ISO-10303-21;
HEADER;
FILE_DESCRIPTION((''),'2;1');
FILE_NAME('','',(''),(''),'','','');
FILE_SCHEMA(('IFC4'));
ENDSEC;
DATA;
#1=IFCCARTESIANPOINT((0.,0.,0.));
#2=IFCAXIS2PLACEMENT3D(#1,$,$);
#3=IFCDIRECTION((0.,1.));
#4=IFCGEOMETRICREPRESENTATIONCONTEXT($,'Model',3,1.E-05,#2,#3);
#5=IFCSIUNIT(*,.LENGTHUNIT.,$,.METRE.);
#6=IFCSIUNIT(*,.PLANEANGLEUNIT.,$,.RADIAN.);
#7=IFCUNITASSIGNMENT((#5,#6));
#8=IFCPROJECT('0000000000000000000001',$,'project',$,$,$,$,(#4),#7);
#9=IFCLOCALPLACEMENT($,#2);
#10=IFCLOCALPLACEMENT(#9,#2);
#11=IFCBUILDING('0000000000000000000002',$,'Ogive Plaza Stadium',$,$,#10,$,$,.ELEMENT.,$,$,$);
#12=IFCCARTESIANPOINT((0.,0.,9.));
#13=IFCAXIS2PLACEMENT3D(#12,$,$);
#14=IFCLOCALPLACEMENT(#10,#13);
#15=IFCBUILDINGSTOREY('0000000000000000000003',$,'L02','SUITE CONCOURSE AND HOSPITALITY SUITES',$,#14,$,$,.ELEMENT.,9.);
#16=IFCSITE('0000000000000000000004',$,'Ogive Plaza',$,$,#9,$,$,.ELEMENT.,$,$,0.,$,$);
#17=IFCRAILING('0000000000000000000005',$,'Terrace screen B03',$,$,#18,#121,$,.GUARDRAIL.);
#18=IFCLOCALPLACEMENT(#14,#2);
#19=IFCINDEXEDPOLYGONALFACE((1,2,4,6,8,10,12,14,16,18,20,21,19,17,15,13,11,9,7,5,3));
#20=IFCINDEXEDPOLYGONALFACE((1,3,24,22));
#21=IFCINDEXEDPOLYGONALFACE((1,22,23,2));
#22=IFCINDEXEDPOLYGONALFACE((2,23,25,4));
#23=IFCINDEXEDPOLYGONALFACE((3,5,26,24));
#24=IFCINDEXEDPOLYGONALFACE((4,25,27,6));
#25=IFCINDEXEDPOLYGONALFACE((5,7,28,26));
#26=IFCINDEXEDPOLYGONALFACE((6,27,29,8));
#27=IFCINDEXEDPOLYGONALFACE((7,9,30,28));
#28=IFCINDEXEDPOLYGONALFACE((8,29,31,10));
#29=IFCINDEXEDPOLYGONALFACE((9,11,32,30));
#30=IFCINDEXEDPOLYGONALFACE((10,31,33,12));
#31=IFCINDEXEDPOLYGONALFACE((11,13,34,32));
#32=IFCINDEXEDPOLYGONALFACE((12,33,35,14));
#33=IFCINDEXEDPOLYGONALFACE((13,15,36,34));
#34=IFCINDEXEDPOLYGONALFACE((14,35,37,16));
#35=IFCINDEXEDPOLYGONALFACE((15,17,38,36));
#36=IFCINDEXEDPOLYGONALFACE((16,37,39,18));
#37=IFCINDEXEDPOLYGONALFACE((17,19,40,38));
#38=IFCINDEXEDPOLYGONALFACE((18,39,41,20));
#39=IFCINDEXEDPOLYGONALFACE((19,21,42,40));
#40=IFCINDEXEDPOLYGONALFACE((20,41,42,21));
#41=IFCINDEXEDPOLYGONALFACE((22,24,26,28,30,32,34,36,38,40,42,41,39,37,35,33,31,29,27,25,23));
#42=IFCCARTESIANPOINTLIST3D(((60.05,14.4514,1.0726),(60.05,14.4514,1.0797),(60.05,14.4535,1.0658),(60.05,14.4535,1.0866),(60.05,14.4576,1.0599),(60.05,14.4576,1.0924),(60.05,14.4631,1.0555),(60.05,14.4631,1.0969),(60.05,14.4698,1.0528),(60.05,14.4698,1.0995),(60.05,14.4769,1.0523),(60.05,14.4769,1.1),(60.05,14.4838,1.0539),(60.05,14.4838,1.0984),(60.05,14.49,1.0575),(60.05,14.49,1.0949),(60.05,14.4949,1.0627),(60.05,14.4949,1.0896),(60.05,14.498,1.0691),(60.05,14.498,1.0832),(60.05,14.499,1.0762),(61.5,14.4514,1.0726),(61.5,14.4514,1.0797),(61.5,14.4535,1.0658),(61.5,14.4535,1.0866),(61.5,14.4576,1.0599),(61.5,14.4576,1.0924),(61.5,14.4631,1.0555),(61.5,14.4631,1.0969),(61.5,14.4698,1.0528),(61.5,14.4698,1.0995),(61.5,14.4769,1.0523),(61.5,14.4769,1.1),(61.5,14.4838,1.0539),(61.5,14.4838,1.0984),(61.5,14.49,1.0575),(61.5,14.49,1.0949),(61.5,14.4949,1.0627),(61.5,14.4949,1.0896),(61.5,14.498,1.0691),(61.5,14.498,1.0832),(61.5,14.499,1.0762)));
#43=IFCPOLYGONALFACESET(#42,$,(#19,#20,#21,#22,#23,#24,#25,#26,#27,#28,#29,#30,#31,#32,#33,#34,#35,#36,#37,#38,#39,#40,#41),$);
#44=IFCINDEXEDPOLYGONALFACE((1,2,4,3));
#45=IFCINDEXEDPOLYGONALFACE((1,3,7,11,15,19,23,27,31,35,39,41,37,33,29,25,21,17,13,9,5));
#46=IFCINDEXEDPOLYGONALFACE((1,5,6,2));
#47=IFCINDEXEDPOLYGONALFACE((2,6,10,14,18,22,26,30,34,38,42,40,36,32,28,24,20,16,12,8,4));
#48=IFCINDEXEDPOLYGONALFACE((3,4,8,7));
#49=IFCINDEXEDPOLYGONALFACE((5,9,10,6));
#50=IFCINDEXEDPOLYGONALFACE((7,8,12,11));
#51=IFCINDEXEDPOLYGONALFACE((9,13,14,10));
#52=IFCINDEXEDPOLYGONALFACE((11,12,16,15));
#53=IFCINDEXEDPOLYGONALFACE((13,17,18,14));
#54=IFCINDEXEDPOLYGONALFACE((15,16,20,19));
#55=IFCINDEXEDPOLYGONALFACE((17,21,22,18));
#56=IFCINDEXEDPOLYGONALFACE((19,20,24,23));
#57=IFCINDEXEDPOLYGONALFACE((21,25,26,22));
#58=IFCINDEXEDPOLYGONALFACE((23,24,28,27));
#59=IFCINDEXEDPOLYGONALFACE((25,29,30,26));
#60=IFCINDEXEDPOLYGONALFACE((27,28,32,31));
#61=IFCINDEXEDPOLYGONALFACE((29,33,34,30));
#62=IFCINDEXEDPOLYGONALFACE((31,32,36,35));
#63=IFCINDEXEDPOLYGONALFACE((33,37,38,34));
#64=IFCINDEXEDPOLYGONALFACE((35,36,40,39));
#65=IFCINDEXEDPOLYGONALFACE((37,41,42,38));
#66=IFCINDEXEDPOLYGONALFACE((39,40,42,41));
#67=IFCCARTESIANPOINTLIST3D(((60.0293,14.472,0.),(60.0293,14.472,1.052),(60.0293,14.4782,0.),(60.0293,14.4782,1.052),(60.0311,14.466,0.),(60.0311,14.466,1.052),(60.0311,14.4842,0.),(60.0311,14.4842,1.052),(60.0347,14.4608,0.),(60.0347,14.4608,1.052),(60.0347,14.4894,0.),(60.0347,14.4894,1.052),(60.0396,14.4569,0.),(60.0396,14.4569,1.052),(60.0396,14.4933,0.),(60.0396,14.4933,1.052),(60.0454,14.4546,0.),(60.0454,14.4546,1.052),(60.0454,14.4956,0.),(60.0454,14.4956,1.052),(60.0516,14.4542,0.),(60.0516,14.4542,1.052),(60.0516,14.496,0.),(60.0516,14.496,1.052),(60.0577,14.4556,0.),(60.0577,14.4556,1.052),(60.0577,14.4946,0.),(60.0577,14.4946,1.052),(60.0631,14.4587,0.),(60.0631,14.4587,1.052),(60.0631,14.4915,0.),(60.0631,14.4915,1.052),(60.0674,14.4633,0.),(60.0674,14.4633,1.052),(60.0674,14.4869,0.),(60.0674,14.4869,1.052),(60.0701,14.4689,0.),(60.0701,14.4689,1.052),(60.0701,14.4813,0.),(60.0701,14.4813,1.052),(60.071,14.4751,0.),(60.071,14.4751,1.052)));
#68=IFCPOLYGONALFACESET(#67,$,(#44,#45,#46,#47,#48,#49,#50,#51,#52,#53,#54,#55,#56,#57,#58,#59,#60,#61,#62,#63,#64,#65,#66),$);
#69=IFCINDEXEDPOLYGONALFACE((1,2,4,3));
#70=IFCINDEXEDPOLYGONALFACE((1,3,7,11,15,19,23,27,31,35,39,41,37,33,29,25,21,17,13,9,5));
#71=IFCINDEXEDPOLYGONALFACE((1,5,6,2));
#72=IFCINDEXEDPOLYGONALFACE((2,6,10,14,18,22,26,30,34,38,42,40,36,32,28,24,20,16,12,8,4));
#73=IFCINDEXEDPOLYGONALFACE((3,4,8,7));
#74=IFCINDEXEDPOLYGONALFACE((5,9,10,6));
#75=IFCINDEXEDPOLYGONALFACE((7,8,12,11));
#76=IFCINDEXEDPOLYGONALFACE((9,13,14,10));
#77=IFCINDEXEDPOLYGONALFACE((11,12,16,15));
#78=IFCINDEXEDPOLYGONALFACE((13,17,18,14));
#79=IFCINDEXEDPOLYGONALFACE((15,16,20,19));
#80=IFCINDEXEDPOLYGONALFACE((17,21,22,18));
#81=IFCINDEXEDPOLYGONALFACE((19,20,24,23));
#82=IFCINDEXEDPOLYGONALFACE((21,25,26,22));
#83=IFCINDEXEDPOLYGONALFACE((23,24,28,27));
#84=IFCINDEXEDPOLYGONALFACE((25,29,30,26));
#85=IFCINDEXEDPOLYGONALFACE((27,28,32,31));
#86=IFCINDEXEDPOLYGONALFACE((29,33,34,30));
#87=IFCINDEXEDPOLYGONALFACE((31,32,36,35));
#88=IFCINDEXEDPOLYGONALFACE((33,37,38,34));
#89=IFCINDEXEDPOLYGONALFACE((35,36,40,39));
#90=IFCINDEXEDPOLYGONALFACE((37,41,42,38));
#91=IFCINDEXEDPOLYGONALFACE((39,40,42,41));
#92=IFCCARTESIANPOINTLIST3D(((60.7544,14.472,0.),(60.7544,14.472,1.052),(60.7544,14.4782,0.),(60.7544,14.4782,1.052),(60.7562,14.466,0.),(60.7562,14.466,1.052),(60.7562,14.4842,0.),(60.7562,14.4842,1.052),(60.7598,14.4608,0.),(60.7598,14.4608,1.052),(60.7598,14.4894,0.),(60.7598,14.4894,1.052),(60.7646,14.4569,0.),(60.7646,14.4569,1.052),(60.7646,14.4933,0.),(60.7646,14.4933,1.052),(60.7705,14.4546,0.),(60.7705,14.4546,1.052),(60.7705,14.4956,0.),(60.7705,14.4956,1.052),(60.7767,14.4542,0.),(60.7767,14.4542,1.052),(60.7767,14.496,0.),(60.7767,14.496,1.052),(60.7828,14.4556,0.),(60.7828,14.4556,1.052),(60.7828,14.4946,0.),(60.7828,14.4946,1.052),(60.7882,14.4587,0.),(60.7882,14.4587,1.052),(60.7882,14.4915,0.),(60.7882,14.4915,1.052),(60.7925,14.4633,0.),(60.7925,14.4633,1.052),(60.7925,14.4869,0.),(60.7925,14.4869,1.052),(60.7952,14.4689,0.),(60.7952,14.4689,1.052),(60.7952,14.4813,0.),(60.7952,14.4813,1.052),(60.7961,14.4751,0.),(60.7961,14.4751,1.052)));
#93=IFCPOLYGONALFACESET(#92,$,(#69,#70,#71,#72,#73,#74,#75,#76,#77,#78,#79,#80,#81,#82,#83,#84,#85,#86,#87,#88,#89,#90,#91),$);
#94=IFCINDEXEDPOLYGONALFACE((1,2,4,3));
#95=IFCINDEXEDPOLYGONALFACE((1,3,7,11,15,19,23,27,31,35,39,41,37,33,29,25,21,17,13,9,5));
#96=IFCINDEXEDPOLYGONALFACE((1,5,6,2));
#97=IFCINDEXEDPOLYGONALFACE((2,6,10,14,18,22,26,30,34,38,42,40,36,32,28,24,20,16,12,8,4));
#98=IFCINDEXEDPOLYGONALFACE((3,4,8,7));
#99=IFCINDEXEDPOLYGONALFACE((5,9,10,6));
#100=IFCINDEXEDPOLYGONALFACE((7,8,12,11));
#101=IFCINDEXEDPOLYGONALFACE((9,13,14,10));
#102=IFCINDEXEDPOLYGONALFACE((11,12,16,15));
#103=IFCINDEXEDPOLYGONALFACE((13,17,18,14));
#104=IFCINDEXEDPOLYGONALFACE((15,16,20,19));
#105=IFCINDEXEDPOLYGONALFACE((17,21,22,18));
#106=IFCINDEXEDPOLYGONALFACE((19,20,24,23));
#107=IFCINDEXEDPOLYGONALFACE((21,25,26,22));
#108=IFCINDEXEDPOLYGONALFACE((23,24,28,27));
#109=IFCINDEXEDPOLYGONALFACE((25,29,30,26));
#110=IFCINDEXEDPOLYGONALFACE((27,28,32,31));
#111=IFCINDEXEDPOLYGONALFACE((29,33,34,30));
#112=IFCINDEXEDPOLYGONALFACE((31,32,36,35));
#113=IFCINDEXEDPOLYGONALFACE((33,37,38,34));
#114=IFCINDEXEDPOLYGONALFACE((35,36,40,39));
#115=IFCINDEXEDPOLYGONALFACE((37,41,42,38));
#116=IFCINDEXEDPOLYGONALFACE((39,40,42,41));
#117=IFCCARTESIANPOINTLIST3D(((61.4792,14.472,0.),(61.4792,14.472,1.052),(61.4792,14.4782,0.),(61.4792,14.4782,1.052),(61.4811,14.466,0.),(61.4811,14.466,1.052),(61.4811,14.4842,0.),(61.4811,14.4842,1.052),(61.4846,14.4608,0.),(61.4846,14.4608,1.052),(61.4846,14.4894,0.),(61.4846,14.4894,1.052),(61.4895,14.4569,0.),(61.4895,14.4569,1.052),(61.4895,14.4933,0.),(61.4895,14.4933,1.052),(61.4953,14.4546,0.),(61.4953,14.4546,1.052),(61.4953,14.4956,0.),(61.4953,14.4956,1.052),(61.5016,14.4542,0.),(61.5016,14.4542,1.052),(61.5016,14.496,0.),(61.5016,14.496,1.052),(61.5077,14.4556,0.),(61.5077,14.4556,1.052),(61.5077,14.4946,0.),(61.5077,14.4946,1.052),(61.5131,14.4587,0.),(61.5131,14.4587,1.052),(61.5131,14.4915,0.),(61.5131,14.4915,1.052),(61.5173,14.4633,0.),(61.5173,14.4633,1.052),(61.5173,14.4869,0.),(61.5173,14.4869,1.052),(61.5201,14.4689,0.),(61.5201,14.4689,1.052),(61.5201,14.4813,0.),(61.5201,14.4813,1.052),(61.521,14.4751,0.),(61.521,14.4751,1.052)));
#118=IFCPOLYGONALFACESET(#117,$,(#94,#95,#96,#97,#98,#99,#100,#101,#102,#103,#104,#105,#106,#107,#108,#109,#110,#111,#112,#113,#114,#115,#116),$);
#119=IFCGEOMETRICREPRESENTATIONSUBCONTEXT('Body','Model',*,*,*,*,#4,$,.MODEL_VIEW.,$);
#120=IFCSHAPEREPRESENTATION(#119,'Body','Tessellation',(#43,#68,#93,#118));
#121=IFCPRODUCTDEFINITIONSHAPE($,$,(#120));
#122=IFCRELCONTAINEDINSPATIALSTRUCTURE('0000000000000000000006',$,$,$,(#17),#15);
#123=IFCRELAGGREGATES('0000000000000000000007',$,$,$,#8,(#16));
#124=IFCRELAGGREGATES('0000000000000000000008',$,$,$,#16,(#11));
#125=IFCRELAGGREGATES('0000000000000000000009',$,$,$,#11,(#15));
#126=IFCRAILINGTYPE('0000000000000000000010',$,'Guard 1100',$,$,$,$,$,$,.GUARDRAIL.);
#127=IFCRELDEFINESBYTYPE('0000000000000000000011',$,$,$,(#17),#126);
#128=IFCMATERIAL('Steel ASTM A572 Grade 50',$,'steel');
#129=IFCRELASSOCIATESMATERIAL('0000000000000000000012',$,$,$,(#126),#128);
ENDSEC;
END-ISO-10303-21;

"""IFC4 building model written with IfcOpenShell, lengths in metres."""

from ifc_helpers import new_model, si_unit, direction, frame, origin, origin_2d, place, context, subcontext, project, spatial, circle, extrude, material, type_object, element, save


model = new_model("IFC4")

# Units and contexts
model_context = context("Model", 3, precision=1e-05, world=origin(), true_north=direction((0.0, 1.0)))
body_context = subcontext(model_context, "Body", "Model", "MODEL_VIEW")
ifc_project = project(units=[si_unit("LENGTHUNIT", "METRE"), si_unit("PLANEANGLEUNIT", "RADIAN")], contexts=[model_context])

# Site, building, storey
site_placement = place(None, origin())
site = spatial("IfcSite", under=ifc_project, at=site_placement, Name="Ogive Plaza", CompositionType="ELEMENT", RefElevation=0.0)
building_placement = place(site_placement, origin())
building = spatial("IfcBuilding", under=site, at=building_placement, Name="Ogive Plaza Stadium", CompositionType="ELEMENT")
storey_placement = place(building_placement, frame((0.0, 0.0, 9.0)))
storey = spatial("IfcBuildingStorey", under=building, at=storey_placement, Name="L02", Description="SUITE CONCOURSE AND HOSPITALITY SUITES", CompositionType="ELEMENT", Elevation=9.0)

# Railing
ifc_material_1 = material(Name="Steel ASTM A572 Grade 50", Category="steel")
railing_type = type_object("IfcRailingType", Name="Guard 1100", PredefinedType="GUARDRAIL", material=ifc_material_1)
for number, where, name in (
    (1, (60.05, 14.4751, 0.0), "Terrace screen B03"),
):
    element("IfcRailing", number, at=place(storey_placement, frame(where)), inside=storey, type_object=railing_type, Name=name, PredefinedType="GUARDRAIL", context=body_context, shape_type="SweptSolid", body=[
        extrude(circle(Radius=0.0239, at=origin_2d()), frame((0.0, 0.0, 1.0762), z_axis=(1.0, 0.0, 0.0), x_axis=(0.0, 1.0, 0.0)), (0.0, 0.0, 1.0), 1.45),
        extrude(circle(Radius=0.021, at=origin_2d()), origin(), (0.0, 0.0, 1.0), 1.052),
        extrude(circle(Radius=0.021, at=origin_2d()), frame((0.7251, 0.0, 0.0)), (0.0, 0.0, 1.0), 1.052),
        extrude(circle(Radius=0.021, at=origin_2d()), frame((1.45, 0.0, 0.0)), (0.0, 0.0, 1.0), 1.052),
    ])

save(model, "model.ifc")
